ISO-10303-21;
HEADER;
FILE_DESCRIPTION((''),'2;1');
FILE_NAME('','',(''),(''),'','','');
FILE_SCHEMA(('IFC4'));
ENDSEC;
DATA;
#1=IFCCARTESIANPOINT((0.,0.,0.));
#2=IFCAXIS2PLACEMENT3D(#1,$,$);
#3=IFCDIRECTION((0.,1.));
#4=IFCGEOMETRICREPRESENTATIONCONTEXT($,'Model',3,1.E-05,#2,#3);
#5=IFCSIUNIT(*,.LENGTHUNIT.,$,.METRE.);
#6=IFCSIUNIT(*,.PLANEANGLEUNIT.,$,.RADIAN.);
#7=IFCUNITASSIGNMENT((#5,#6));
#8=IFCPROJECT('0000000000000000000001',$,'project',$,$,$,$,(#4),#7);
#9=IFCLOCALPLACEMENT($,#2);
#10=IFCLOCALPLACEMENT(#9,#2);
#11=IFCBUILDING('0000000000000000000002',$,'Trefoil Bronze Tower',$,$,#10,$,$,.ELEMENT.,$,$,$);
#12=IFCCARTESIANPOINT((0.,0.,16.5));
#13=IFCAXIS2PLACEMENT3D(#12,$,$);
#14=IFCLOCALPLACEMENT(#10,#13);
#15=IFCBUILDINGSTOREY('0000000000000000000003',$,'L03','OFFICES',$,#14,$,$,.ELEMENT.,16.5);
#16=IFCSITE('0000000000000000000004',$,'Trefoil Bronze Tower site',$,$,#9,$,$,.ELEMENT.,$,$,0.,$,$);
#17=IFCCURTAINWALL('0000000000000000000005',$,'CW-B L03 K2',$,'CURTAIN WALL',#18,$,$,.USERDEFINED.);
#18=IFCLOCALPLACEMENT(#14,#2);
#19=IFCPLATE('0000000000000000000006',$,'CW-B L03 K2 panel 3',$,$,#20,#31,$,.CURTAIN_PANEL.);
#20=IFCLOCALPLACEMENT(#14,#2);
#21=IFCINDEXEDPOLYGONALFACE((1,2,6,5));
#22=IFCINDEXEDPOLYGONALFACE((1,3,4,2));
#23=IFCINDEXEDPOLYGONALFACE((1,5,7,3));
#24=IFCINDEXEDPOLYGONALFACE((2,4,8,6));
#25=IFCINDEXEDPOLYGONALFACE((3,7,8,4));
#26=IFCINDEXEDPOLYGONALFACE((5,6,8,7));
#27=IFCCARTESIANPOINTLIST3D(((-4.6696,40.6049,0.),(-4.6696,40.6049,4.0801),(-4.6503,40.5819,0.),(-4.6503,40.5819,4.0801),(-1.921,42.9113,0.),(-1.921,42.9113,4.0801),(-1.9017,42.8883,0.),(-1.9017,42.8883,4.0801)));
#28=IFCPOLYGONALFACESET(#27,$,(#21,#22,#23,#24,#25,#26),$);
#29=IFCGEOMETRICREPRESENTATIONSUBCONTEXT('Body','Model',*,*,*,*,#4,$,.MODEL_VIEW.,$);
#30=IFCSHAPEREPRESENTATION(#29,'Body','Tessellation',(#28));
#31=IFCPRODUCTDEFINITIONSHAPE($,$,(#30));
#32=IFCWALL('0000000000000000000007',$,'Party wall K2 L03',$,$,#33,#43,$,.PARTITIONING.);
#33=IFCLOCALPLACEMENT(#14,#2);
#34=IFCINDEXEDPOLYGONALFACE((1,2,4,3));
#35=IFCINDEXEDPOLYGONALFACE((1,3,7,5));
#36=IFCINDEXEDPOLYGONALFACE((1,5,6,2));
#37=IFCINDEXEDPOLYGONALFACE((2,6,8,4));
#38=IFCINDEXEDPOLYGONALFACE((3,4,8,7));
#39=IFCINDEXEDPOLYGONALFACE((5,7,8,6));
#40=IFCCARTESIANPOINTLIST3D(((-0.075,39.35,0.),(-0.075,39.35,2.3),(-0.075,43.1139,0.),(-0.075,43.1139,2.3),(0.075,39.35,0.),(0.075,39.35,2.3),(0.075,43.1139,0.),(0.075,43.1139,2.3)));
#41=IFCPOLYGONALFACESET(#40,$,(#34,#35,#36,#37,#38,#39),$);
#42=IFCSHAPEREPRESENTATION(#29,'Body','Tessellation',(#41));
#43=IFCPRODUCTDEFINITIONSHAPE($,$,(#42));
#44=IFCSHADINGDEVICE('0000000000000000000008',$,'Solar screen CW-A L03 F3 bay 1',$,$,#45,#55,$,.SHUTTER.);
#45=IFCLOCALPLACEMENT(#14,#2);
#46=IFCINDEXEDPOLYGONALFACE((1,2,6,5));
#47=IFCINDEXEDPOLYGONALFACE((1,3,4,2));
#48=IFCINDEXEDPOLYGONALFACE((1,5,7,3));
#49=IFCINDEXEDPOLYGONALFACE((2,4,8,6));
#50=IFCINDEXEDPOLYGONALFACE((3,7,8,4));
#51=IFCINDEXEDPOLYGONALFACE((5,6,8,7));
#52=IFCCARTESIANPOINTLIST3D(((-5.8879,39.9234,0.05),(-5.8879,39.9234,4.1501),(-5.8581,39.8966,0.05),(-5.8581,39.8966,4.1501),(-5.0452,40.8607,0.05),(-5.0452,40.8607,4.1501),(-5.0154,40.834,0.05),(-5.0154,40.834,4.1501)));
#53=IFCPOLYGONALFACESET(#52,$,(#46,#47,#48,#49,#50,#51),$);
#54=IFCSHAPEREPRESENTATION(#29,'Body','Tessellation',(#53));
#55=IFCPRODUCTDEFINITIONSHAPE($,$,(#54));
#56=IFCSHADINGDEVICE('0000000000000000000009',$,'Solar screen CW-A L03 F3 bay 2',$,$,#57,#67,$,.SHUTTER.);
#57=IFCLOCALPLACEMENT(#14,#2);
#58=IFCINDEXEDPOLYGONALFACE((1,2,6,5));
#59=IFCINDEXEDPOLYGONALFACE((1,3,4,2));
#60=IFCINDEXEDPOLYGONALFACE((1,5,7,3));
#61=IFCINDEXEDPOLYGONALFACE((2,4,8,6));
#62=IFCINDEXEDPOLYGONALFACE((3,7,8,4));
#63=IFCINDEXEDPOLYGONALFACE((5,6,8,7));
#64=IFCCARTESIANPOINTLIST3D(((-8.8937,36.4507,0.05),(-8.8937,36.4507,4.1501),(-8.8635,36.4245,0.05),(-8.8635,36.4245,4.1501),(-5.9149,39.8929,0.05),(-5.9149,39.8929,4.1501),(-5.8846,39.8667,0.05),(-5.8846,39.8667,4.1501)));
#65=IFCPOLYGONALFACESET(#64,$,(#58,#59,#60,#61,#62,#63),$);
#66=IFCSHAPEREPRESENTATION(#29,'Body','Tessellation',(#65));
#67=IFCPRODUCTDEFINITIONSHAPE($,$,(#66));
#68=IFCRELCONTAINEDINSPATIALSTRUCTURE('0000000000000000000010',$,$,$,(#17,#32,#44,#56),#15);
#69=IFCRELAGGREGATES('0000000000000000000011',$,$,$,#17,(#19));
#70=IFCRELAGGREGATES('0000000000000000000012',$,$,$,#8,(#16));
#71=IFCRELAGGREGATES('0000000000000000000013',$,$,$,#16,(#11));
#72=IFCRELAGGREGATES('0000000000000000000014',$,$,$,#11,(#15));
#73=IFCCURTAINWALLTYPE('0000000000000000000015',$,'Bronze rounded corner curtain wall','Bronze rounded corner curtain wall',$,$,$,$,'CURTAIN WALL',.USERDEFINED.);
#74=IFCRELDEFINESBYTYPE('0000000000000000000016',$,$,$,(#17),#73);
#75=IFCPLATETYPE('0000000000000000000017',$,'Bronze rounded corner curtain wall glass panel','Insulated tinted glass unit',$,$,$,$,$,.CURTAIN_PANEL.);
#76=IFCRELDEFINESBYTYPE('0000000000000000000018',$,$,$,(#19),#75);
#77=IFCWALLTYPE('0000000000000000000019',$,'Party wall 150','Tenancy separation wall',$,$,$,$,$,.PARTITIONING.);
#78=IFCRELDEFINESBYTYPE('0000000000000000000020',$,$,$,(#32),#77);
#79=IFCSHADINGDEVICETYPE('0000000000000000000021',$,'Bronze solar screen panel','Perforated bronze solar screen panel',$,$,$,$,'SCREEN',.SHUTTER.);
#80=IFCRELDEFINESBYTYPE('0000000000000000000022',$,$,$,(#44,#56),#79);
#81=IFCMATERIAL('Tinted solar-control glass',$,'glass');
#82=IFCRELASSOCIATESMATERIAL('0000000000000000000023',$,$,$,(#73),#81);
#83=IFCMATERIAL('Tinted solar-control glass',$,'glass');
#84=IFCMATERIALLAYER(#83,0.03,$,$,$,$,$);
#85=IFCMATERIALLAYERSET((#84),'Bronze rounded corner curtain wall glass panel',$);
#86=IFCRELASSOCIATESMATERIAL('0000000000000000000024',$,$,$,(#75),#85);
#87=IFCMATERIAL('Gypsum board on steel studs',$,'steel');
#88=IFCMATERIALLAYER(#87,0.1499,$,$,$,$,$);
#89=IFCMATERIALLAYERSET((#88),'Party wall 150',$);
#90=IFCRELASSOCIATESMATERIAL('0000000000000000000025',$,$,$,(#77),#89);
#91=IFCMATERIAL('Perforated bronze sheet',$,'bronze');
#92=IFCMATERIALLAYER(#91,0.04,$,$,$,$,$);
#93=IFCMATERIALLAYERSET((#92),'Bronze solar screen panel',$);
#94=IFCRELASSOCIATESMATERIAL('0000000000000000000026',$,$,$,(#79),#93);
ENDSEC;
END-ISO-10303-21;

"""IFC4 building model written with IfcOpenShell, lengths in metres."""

from ifc_helpers import new_model, si_unit, direction, frame, frame_2d, origin, origin_2d, place, context, subcontext, project, spatial, rectangle, extrude, material, layer, layer_set, type_object, element, aggregate, save


model = new_model("IFC4")

# Units and contexts
model_context = context("Model", 3, precision=1e-05, world=origin(), true_north=direction((0.0, 1.0)))
body_context = subcontext(model_context, "Body", "Model", "MODEL_VIEW")
ifc_project = project(units=[si_unit("LENGTHUNIT", "METRE"), si_unit("PLANEANGLEUNIT", "RADIAN")], contexts=[model_context])

# Site, building, storey
site_placement = place(None, origin())
site = spatial("IfcSite", under=ifc_project, at=site_placement, Name="Trefoil Bronze Tower site", CompositionType="ELEMENT", RefElevation=0.0)
building_placement = place(site_placement, origin())
building = spatial("IfcBuilding", under=site, at=building_placement, Name="Trefoil Bronze Tower", CompositionType="ELEMENT")
storey_placement = place(building_placement, frame((0.0, 0.0, 16.5)))
storey = spatial("IfcBuildingStorey", under=building, at=storey_placement, Name="L03", Description="OFFICES", CompositionType="ELEMENT", Elevation=16.5)

# Curtain wall
ifc_material_1 = material(Name="Tinted solar-control glass", Category="glass")
curtain_wall_type_1 = type_object("IfcCurtainWallType", Name="Bronze rounded corner curtain wall", Description="Bronze rounded corner curtain wall", ElementType="CURTAIN WALL", PredefinedType="USERDEFINED", material=ifc_material_1)
curtain_wall_1_placement = place(storey_placement, origin())
curtain_wall_1 = element("IfcCurtainWall", 1, at=curtain_wall_1_placement, inside=storey, type_object=curtain_wall_type_1, Name="CW-B L03 K2", ObjectType="CURTAIN WALL", PredefinedType="USERDEFINED")

# Plate
ifc_material_2 = material(Name="Tinted solar-control glass", Category="glass")
ifc_layer_1 = layer(ifc_material_2, 0.03)
ifc_layer_set_1 = layer_set([ifc_layer_1], Name="Bronze rounded corner curtain wall glass panel")
plate_type_1 = type_object("IfcPlateType", Name="Bronze rounded corner curtain wall glass panel", Description="Insulated tinted glass unit", PredefinedType="CURTAIN_PANEL", material=ifc_layer_set_1)
plate_1_placement = place(storey_placement, frame((-3.2856, 41.7466, 0.0), z_axis=(0.0, 0.0, 1.0), x_axis=(-0.766044, -0.642788, 0.0)))
plate_1 = element("IfcPlate", 2, at=plate_1_placement, type_object=plate_type_1, Name="CW-B L03 K2 panel 3", PredefinedType="CURTAIN_PANEL", context=body_context, shape_type="SweptSolid", body=[
    extrude(rectangle(XDim=3.5881, YDim=0.03, at=origin_2d()), origin(), (0.0, 0.0, 1.0), 4.0801),
])
aggregate(curtain_wall_1, [plate_1])

# Wall
ifc_material_3 = material(Name="Gypsum board on steel studs", Category="steel")
ifc_layer_2 = layer(ifc_material_3, 0.1499)
ifc_layer_set_2 = layer_set([ifc_layer_2], Name="Party wall 150")
wall_type = type_object("IfcWallType", Name="Party wall 150", Description="Tenancy separation wall", PredefinedType="PARTITIONING", material=ifc_layer_set_2)
wall_placement = place(storey_placement, frame((0.0, 39.3501, 0.0), z_axis=(0.0, 0.0, 1.0), x_axis=(0.0, 1.0, 0.0)))
element("IfcWall", 3, at=wall_placement, inside=storey, type_object=wall_type, Name="Party wall K2 L03", PredefinedType="PARTITIONING", context=body_context, shape_type="SweptSolid", body=[
    extrude(rectangle(XDim=3.7639, YDim=0.1499, at=frame_2d((1.8818, 0.0))), origin(), (0.0, 0.0, 1.0), 2.3),
])

# Shading devices
ifc_material_4 = material(Name="Perforated bronze sheet", Category="bronze")
ifc_layer_3 = layer(ifc_material_4, 0.04)
ifc_layer_set_3 = layer_set([ifc_layer_3], Name="Bronze solar screen panel")
shading_device_type = type_object("IfcShadingDeviceType", Name="Bronze solar screen panel", Description="Perforated bronze solar screen panel", ElementType="SCREEN", PredefinedType="SHUTTER", material=ifc_layer_set_3)
shading_device_1_placement = place(storey_placement, frame((-5.4517, 40.3787, 0.05), z_axis=(0.0, 0.0, 1.0), x_axis=(-0.668575, -0.743645, 0.0)))
element("IfcShadingDevice", 4, at=shading_device_1_placement, inside=storey, type_object=shading_device_type, Name="Solar screen CW-A L03 F3 bay 1", PredefinedType="SHUTTER", context=body_context, shape_type="SweptSolid", body=[
    extrude(rectangle(XDim=1.2605, YDim=0.04, at=origin_2d()), origin(), (0.0, 0.0, 1.0), 4.1001),
])
shading_device_2_placement = place(storey_placement, frame((-7.3892, 38.1587, 0.05), z_axis=(0.0, 0.0, 1.0), x_axis=(-0.654376, -0.756169, 0.0)))
element("IfcShadingDevice", 5, at=shading_device_2_placement, inside=storey, type_object=shading_device_type, Name="Solar screen CW-A L03 F3 bay 2", PredefinedType="SHUTTER", context=body_context, shape_type="SweptSolid", body=[
    extrude(rectangle(XDim=4.5522, YDim=0.04, at=origin_2d()), origin(), (0.0, 0.0, 1.0), 4.1001),
])

save(model, "model.ifc")
